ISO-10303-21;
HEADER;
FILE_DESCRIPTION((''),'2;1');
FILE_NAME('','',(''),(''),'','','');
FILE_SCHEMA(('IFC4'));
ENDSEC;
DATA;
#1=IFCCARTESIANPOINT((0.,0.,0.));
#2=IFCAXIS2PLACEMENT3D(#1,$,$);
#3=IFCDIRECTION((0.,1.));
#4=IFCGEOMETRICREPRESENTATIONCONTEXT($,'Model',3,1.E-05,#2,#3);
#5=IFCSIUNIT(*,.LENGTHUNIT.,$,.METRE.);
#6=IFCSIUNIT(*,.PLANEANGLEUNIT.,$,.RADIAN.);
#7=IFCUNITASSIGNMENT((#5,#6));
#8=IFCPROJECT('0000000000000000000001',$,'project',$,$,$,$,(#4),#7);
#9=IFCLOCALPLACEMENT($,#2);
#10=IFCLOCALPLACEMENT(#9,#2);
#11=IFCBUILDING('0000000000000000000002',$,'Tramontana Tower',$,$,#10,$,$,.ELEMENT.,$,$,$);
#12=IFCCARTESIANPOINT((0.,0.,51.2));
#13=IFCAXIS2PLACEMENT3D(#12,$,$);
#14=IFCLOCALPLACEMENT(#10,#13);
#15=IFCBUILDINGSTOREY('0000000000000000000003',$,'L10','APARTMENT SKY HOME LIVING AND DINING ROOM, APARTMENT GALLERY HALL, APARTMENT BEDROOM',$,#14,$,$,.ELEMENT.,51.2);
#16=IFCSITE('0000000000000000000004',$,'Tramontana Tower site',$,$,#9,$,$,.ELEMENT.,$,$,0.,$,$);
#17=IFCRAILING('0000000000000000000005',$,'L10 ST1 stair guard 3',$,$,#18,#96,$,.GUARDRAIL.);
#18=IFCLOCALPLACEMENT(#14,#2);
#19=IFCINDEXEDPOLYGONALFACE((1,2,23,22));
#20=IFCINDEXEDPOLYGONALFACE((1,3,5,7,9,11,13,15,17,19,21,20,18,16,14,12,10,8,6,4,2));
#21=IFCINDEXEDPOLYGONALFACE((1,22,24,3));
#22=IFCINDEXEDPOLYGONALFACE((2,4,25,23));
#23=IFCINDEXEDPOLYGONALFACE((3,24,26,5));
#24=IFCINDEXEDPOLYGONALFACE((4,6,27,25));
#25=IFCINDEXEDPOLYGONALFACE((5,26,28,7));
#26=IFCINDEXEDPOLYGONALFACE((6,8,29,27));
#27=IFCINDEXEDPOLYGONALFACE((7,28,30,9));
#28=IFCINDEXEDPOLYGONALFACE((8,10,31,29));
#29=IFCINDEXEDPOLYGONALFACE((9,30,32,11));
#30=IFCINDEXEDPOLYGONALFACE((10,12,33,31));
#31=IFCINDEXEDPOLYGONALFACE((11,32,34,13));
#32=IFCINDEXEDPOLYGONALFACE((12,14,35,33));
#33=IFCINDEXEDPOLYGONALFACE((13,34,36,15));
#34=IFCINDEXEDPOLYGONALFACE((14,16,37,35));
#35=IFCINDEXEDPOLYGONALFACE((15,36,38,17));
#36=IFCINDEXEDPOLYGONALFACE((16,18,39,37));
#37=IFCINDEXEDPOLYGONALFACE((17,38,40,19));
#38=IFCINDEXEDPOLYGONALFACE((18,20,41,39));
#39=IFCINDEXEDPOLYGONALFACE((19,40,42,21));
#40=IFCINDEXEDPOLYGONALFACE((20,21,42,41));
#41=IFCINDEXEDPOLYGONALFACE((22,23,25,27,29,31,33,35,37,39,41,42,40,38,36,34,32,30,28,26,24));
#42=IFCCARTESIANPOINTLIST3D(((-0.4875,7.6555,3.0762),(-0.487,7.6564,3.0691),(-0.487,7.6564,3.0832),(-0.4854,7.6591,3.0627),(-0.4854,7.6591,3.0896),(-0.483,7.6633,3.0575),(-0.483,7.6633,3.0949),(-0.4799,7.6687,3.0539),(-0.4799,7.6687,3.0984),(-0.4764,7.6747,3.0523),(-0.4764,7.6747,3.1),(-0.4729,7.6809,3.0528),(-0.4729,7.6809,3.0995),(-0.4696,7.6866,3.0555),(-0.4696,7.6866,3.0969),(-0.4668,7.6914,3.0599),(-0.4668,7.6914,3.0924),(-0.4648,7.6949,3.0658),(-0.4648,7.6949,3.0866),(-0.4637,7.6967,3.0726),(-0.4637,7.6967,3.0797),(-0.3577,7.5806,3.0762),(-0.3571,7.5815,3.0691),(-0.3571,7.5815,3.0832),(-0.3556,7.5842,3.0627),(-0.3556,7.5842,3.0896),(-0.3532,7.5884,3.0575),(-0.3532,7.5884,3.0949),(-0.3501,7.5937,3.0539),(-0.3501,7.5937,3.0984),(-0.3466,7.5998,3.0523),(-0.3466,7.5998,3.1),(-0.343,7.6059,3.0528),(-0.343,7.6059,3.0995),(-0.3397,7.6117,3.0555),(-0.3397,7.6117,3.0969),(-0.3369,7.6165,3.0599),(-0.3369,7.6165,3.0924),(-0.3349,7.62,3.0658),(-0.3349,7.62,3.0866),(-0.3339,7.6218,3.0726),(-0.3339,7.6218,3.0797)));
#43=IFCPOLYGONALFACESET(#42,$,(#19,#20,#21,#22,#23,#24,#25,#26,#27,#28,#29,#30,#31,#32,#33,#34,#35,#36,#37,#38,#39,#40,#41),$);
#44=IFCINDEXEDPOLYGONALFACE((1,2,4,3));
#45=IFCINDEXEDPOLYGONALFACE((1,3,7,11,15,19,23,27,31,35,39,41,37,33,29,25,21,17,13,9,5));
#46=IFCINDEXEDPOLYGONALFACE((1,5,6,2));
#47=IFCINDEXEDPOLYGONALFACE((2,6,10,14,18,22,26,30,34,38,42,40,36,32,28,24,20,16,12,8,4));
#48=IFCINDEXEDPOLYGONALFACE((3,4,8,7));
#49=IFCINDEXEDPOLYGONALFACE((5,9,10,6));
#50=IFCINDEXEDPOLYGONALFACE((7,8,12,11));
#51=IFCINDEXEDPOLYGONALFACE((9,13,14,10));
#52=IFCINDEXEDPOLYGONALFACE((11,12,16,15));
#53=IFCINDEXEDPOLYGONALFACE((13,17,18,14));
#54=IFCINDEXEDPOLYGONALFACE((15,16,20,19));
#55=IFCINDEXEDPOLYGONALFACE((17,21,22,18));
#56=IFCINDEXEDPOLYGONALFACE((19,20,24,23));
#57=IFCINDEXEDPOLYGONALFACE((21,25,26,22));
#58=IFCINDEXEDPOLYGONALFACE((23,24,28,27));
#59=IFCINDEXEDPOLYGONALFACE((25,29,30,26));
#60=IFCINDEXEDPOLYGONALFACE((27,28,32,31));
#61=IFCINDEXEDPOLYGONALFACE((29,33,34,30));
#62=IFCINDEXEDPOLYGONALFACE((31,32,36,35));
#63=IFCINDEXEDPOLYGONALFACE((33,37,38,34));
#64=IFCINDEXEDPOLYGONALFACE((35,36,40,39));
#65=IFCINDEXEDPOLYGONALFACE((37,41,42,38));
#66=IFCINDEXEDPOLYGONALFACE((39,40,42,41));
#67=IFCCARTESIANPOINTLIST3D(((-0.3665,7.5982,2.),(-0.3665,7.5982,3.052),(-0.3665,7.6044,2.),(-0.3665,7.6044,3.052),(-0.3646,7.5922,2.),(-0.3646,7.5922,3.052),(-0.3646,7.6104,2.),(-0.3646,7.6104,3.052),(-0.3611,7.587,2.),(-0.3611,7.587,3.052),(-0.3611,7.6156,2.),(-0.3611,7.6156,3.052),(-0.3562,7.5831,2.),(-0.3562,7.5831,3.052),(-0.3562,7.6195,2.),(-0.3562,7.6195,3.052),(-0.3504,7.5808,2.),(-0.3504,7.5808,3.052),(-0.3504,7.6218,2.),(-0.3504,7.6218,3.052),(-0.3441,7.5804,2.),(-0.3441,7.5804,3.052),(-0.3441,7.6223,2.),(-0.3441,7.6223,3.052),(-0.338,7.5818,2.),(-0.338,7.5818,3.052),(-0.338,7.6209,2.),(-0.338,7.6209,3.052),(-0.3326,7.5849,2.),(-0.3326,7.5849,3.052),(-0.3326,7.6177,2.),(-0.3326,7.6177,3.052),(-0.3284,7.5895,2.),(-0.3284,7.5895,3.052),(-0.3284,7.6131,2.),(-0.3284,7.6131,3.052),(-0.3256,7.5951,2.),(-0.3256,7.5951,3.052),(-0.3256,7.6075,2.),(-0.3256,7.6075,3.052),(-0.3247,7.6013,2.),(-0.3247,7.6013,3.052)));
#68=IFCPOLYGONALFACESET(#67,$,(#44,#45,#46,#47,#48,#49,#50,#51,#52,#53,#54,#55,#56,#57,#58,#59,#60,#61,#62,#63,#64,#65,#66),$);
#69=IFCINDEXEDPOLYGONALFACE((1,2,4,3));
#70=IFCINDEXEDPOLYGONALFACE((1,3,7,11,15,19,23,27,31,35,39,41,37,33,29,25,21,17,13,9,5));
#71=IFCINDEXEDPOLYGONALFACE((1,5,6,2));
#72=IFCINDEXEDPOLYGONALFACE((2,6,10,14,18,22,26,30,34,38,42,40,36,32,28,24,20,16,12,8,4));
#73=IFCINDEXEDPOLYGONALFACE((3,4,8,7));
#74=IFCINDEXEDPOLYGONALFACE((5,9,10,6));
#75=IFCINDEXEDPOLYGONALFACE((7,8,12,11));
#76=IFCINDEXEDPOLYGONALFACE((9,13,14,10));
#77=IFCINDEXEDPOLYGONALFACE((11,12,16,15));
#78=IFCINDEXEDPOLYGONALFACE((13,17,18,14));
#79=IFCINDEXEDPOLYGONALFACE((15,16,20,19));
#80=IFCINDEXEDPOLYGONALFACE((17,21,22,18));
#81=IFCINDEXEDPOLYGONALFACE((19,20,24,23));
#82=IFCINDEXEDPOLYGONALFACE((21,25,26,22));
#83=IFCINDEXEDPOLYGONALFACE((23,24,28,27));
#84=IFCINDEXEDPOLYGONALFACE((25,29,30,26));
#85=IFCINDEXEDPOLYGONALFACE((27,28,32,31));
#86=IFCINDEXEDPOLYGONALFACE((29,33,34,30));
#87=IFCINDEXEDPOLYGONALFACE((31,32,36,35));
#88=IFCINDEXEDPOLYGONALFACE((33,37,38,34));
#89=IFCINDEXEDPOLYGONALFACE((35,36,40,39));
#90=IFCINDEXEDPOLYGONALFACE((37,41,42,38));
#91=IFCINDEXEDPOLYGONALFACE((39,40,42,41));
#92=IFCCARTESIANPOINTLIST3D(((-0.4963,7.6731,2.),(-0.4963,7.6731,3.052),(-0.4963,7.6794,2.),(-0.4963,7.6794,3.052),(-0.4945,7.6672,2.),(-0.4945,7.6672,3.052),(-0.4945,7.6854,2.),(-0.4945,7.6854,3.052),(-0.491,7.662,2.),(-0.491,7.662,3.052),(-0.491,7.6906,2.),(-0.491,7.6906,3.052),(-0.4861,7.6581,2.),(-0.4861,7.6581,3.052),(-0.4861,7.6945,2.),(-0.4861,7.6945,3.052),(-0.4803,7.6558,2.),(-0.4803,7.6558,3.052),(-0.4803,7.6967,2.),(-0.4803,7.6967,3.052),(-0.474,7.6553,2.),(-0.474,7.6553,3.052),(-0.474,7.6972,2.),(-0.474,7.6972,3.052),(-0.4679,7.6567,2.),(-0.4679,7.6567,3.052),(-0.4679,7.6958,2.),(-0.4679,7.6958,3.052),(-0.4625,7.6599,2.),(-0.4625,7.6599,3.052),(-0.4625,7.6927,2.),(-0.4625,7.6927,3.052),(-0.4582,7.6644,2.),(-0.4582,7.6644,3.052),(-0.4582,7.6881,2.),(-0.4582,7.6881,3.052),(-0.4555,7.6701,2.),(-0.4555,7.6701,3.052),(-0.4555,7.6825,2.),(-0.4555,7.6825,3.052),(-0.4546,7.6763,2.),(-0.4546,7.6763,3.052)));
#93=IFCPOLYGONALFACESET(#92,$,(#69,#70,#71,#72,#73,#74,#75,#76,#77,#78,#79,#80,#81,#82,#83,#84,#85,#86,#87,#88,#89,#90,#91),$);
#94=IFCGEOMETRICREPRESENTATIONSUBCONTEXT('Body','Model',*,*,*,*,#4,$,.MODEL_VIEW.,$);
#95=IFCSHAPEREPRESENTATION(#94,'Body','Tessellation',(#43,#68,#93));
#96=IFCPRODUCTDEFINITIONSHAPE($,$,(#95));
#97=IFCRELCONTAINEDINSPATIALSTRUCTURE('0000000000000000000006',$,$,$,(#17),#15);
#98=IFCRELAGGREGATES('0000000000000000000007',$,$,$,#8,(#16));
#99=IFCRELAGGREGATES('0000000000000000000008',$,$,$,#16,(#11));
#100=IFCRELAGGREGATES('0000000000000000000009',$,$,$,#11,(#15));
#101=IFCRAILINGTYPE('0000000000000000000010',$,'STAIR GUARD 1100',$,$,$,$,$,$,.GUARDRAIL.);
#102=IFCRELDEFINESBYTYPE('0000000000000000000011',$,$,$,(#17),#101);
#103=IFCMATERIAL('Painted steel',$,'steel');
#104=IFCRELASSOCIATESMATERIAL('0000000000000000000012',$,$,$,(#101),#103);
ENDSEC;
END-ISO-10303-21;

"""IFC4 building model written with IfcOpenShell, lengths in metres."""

from ifc_helpers import new_model, si_unit, direction, frame, origin, origin_2d, place, context, subcontext, project, spatial, circle, extrude, material, type_object, element, save


model = new_model("IFC4")

# Units and contexts
model_context = context("Model", 3, precision=1e-05, world=origin(), true_north=direction((0.0, 1.0)))
body_context = subcontext(model_context, "Body", "Model", "MODEL_VIEW")
ifc_project = project(units=[si_unit("LENGTHUNIT", "METRE"), si_unit("PLANEANGLEUNIT", "RADIAN")], contexts=[model_context])

# Site, building, storey
site_placement = place(None, origin())
site = spatial("IfcSite", under=ifc_project, at=site_placement, Name="Tramontana Tower site", CompositionType="ELEMENT", RefElevation=0.0)
building_placement = place(site_placement, origin())
building = spatial("IfcBuilding", under=site, at=building_placement, Name="Tramontana Tower", CompositionType="ELEMENT")
storey_placement = place(building_placement, frame((0.0, 0.0, 51.2)))
storey = spatial("IfcBuildingStorey", under=building, at=storey_placement, Name="L10", Description="APARTMENT SKY HOME LIVING AND DINING ROOM, APARTMENT GALLERY HALL, APARTMENT BEDROOM", CompositionType="ELEMENT", Elevation=51.2)

# Railing
ifc_material_1 = material(Name="Painted steel", Category="steel")
railing_type_1 = type_object("IfcRailingType", Name="STAIR GUARD 1100", PredefinedType="GUARDRAIL", material=ifc_material_1)
railing_1_placement = place(storey_placement, frame((-0.3457, 7.6013, 2.0)))
element("IfcRailing", 1, at=railing_1_placement, inside=storey, type_object=railing_type_1, Name="L10 ST1 stair guard 3", PredefinedType="GUARDRAIL", context=body_context, shape_type="SweptSolid", body=[
    extrude(circle(Radius=0.0239, at=origin_2d()), frame((0.0, 0.0, 1.0762), z_axis=(-0.866131, 0.499816, 0.0), x_axis=(-0.499816, -0.866131, 0.0)), (0.0, 0.0, 1.0), 0.1499),
    extrude(circle(Radius=0.021, at=origin_2d()), origin(), (0.0, 0.0, 1.0), 1.052),
    extrude(circle(Radius=0.021, at=origin_2d()), frame((-0.1299, 0.075, 0.0)), (0.0, 0.0, 1.0), 1.052),
])

save(model, "model.ifc")
